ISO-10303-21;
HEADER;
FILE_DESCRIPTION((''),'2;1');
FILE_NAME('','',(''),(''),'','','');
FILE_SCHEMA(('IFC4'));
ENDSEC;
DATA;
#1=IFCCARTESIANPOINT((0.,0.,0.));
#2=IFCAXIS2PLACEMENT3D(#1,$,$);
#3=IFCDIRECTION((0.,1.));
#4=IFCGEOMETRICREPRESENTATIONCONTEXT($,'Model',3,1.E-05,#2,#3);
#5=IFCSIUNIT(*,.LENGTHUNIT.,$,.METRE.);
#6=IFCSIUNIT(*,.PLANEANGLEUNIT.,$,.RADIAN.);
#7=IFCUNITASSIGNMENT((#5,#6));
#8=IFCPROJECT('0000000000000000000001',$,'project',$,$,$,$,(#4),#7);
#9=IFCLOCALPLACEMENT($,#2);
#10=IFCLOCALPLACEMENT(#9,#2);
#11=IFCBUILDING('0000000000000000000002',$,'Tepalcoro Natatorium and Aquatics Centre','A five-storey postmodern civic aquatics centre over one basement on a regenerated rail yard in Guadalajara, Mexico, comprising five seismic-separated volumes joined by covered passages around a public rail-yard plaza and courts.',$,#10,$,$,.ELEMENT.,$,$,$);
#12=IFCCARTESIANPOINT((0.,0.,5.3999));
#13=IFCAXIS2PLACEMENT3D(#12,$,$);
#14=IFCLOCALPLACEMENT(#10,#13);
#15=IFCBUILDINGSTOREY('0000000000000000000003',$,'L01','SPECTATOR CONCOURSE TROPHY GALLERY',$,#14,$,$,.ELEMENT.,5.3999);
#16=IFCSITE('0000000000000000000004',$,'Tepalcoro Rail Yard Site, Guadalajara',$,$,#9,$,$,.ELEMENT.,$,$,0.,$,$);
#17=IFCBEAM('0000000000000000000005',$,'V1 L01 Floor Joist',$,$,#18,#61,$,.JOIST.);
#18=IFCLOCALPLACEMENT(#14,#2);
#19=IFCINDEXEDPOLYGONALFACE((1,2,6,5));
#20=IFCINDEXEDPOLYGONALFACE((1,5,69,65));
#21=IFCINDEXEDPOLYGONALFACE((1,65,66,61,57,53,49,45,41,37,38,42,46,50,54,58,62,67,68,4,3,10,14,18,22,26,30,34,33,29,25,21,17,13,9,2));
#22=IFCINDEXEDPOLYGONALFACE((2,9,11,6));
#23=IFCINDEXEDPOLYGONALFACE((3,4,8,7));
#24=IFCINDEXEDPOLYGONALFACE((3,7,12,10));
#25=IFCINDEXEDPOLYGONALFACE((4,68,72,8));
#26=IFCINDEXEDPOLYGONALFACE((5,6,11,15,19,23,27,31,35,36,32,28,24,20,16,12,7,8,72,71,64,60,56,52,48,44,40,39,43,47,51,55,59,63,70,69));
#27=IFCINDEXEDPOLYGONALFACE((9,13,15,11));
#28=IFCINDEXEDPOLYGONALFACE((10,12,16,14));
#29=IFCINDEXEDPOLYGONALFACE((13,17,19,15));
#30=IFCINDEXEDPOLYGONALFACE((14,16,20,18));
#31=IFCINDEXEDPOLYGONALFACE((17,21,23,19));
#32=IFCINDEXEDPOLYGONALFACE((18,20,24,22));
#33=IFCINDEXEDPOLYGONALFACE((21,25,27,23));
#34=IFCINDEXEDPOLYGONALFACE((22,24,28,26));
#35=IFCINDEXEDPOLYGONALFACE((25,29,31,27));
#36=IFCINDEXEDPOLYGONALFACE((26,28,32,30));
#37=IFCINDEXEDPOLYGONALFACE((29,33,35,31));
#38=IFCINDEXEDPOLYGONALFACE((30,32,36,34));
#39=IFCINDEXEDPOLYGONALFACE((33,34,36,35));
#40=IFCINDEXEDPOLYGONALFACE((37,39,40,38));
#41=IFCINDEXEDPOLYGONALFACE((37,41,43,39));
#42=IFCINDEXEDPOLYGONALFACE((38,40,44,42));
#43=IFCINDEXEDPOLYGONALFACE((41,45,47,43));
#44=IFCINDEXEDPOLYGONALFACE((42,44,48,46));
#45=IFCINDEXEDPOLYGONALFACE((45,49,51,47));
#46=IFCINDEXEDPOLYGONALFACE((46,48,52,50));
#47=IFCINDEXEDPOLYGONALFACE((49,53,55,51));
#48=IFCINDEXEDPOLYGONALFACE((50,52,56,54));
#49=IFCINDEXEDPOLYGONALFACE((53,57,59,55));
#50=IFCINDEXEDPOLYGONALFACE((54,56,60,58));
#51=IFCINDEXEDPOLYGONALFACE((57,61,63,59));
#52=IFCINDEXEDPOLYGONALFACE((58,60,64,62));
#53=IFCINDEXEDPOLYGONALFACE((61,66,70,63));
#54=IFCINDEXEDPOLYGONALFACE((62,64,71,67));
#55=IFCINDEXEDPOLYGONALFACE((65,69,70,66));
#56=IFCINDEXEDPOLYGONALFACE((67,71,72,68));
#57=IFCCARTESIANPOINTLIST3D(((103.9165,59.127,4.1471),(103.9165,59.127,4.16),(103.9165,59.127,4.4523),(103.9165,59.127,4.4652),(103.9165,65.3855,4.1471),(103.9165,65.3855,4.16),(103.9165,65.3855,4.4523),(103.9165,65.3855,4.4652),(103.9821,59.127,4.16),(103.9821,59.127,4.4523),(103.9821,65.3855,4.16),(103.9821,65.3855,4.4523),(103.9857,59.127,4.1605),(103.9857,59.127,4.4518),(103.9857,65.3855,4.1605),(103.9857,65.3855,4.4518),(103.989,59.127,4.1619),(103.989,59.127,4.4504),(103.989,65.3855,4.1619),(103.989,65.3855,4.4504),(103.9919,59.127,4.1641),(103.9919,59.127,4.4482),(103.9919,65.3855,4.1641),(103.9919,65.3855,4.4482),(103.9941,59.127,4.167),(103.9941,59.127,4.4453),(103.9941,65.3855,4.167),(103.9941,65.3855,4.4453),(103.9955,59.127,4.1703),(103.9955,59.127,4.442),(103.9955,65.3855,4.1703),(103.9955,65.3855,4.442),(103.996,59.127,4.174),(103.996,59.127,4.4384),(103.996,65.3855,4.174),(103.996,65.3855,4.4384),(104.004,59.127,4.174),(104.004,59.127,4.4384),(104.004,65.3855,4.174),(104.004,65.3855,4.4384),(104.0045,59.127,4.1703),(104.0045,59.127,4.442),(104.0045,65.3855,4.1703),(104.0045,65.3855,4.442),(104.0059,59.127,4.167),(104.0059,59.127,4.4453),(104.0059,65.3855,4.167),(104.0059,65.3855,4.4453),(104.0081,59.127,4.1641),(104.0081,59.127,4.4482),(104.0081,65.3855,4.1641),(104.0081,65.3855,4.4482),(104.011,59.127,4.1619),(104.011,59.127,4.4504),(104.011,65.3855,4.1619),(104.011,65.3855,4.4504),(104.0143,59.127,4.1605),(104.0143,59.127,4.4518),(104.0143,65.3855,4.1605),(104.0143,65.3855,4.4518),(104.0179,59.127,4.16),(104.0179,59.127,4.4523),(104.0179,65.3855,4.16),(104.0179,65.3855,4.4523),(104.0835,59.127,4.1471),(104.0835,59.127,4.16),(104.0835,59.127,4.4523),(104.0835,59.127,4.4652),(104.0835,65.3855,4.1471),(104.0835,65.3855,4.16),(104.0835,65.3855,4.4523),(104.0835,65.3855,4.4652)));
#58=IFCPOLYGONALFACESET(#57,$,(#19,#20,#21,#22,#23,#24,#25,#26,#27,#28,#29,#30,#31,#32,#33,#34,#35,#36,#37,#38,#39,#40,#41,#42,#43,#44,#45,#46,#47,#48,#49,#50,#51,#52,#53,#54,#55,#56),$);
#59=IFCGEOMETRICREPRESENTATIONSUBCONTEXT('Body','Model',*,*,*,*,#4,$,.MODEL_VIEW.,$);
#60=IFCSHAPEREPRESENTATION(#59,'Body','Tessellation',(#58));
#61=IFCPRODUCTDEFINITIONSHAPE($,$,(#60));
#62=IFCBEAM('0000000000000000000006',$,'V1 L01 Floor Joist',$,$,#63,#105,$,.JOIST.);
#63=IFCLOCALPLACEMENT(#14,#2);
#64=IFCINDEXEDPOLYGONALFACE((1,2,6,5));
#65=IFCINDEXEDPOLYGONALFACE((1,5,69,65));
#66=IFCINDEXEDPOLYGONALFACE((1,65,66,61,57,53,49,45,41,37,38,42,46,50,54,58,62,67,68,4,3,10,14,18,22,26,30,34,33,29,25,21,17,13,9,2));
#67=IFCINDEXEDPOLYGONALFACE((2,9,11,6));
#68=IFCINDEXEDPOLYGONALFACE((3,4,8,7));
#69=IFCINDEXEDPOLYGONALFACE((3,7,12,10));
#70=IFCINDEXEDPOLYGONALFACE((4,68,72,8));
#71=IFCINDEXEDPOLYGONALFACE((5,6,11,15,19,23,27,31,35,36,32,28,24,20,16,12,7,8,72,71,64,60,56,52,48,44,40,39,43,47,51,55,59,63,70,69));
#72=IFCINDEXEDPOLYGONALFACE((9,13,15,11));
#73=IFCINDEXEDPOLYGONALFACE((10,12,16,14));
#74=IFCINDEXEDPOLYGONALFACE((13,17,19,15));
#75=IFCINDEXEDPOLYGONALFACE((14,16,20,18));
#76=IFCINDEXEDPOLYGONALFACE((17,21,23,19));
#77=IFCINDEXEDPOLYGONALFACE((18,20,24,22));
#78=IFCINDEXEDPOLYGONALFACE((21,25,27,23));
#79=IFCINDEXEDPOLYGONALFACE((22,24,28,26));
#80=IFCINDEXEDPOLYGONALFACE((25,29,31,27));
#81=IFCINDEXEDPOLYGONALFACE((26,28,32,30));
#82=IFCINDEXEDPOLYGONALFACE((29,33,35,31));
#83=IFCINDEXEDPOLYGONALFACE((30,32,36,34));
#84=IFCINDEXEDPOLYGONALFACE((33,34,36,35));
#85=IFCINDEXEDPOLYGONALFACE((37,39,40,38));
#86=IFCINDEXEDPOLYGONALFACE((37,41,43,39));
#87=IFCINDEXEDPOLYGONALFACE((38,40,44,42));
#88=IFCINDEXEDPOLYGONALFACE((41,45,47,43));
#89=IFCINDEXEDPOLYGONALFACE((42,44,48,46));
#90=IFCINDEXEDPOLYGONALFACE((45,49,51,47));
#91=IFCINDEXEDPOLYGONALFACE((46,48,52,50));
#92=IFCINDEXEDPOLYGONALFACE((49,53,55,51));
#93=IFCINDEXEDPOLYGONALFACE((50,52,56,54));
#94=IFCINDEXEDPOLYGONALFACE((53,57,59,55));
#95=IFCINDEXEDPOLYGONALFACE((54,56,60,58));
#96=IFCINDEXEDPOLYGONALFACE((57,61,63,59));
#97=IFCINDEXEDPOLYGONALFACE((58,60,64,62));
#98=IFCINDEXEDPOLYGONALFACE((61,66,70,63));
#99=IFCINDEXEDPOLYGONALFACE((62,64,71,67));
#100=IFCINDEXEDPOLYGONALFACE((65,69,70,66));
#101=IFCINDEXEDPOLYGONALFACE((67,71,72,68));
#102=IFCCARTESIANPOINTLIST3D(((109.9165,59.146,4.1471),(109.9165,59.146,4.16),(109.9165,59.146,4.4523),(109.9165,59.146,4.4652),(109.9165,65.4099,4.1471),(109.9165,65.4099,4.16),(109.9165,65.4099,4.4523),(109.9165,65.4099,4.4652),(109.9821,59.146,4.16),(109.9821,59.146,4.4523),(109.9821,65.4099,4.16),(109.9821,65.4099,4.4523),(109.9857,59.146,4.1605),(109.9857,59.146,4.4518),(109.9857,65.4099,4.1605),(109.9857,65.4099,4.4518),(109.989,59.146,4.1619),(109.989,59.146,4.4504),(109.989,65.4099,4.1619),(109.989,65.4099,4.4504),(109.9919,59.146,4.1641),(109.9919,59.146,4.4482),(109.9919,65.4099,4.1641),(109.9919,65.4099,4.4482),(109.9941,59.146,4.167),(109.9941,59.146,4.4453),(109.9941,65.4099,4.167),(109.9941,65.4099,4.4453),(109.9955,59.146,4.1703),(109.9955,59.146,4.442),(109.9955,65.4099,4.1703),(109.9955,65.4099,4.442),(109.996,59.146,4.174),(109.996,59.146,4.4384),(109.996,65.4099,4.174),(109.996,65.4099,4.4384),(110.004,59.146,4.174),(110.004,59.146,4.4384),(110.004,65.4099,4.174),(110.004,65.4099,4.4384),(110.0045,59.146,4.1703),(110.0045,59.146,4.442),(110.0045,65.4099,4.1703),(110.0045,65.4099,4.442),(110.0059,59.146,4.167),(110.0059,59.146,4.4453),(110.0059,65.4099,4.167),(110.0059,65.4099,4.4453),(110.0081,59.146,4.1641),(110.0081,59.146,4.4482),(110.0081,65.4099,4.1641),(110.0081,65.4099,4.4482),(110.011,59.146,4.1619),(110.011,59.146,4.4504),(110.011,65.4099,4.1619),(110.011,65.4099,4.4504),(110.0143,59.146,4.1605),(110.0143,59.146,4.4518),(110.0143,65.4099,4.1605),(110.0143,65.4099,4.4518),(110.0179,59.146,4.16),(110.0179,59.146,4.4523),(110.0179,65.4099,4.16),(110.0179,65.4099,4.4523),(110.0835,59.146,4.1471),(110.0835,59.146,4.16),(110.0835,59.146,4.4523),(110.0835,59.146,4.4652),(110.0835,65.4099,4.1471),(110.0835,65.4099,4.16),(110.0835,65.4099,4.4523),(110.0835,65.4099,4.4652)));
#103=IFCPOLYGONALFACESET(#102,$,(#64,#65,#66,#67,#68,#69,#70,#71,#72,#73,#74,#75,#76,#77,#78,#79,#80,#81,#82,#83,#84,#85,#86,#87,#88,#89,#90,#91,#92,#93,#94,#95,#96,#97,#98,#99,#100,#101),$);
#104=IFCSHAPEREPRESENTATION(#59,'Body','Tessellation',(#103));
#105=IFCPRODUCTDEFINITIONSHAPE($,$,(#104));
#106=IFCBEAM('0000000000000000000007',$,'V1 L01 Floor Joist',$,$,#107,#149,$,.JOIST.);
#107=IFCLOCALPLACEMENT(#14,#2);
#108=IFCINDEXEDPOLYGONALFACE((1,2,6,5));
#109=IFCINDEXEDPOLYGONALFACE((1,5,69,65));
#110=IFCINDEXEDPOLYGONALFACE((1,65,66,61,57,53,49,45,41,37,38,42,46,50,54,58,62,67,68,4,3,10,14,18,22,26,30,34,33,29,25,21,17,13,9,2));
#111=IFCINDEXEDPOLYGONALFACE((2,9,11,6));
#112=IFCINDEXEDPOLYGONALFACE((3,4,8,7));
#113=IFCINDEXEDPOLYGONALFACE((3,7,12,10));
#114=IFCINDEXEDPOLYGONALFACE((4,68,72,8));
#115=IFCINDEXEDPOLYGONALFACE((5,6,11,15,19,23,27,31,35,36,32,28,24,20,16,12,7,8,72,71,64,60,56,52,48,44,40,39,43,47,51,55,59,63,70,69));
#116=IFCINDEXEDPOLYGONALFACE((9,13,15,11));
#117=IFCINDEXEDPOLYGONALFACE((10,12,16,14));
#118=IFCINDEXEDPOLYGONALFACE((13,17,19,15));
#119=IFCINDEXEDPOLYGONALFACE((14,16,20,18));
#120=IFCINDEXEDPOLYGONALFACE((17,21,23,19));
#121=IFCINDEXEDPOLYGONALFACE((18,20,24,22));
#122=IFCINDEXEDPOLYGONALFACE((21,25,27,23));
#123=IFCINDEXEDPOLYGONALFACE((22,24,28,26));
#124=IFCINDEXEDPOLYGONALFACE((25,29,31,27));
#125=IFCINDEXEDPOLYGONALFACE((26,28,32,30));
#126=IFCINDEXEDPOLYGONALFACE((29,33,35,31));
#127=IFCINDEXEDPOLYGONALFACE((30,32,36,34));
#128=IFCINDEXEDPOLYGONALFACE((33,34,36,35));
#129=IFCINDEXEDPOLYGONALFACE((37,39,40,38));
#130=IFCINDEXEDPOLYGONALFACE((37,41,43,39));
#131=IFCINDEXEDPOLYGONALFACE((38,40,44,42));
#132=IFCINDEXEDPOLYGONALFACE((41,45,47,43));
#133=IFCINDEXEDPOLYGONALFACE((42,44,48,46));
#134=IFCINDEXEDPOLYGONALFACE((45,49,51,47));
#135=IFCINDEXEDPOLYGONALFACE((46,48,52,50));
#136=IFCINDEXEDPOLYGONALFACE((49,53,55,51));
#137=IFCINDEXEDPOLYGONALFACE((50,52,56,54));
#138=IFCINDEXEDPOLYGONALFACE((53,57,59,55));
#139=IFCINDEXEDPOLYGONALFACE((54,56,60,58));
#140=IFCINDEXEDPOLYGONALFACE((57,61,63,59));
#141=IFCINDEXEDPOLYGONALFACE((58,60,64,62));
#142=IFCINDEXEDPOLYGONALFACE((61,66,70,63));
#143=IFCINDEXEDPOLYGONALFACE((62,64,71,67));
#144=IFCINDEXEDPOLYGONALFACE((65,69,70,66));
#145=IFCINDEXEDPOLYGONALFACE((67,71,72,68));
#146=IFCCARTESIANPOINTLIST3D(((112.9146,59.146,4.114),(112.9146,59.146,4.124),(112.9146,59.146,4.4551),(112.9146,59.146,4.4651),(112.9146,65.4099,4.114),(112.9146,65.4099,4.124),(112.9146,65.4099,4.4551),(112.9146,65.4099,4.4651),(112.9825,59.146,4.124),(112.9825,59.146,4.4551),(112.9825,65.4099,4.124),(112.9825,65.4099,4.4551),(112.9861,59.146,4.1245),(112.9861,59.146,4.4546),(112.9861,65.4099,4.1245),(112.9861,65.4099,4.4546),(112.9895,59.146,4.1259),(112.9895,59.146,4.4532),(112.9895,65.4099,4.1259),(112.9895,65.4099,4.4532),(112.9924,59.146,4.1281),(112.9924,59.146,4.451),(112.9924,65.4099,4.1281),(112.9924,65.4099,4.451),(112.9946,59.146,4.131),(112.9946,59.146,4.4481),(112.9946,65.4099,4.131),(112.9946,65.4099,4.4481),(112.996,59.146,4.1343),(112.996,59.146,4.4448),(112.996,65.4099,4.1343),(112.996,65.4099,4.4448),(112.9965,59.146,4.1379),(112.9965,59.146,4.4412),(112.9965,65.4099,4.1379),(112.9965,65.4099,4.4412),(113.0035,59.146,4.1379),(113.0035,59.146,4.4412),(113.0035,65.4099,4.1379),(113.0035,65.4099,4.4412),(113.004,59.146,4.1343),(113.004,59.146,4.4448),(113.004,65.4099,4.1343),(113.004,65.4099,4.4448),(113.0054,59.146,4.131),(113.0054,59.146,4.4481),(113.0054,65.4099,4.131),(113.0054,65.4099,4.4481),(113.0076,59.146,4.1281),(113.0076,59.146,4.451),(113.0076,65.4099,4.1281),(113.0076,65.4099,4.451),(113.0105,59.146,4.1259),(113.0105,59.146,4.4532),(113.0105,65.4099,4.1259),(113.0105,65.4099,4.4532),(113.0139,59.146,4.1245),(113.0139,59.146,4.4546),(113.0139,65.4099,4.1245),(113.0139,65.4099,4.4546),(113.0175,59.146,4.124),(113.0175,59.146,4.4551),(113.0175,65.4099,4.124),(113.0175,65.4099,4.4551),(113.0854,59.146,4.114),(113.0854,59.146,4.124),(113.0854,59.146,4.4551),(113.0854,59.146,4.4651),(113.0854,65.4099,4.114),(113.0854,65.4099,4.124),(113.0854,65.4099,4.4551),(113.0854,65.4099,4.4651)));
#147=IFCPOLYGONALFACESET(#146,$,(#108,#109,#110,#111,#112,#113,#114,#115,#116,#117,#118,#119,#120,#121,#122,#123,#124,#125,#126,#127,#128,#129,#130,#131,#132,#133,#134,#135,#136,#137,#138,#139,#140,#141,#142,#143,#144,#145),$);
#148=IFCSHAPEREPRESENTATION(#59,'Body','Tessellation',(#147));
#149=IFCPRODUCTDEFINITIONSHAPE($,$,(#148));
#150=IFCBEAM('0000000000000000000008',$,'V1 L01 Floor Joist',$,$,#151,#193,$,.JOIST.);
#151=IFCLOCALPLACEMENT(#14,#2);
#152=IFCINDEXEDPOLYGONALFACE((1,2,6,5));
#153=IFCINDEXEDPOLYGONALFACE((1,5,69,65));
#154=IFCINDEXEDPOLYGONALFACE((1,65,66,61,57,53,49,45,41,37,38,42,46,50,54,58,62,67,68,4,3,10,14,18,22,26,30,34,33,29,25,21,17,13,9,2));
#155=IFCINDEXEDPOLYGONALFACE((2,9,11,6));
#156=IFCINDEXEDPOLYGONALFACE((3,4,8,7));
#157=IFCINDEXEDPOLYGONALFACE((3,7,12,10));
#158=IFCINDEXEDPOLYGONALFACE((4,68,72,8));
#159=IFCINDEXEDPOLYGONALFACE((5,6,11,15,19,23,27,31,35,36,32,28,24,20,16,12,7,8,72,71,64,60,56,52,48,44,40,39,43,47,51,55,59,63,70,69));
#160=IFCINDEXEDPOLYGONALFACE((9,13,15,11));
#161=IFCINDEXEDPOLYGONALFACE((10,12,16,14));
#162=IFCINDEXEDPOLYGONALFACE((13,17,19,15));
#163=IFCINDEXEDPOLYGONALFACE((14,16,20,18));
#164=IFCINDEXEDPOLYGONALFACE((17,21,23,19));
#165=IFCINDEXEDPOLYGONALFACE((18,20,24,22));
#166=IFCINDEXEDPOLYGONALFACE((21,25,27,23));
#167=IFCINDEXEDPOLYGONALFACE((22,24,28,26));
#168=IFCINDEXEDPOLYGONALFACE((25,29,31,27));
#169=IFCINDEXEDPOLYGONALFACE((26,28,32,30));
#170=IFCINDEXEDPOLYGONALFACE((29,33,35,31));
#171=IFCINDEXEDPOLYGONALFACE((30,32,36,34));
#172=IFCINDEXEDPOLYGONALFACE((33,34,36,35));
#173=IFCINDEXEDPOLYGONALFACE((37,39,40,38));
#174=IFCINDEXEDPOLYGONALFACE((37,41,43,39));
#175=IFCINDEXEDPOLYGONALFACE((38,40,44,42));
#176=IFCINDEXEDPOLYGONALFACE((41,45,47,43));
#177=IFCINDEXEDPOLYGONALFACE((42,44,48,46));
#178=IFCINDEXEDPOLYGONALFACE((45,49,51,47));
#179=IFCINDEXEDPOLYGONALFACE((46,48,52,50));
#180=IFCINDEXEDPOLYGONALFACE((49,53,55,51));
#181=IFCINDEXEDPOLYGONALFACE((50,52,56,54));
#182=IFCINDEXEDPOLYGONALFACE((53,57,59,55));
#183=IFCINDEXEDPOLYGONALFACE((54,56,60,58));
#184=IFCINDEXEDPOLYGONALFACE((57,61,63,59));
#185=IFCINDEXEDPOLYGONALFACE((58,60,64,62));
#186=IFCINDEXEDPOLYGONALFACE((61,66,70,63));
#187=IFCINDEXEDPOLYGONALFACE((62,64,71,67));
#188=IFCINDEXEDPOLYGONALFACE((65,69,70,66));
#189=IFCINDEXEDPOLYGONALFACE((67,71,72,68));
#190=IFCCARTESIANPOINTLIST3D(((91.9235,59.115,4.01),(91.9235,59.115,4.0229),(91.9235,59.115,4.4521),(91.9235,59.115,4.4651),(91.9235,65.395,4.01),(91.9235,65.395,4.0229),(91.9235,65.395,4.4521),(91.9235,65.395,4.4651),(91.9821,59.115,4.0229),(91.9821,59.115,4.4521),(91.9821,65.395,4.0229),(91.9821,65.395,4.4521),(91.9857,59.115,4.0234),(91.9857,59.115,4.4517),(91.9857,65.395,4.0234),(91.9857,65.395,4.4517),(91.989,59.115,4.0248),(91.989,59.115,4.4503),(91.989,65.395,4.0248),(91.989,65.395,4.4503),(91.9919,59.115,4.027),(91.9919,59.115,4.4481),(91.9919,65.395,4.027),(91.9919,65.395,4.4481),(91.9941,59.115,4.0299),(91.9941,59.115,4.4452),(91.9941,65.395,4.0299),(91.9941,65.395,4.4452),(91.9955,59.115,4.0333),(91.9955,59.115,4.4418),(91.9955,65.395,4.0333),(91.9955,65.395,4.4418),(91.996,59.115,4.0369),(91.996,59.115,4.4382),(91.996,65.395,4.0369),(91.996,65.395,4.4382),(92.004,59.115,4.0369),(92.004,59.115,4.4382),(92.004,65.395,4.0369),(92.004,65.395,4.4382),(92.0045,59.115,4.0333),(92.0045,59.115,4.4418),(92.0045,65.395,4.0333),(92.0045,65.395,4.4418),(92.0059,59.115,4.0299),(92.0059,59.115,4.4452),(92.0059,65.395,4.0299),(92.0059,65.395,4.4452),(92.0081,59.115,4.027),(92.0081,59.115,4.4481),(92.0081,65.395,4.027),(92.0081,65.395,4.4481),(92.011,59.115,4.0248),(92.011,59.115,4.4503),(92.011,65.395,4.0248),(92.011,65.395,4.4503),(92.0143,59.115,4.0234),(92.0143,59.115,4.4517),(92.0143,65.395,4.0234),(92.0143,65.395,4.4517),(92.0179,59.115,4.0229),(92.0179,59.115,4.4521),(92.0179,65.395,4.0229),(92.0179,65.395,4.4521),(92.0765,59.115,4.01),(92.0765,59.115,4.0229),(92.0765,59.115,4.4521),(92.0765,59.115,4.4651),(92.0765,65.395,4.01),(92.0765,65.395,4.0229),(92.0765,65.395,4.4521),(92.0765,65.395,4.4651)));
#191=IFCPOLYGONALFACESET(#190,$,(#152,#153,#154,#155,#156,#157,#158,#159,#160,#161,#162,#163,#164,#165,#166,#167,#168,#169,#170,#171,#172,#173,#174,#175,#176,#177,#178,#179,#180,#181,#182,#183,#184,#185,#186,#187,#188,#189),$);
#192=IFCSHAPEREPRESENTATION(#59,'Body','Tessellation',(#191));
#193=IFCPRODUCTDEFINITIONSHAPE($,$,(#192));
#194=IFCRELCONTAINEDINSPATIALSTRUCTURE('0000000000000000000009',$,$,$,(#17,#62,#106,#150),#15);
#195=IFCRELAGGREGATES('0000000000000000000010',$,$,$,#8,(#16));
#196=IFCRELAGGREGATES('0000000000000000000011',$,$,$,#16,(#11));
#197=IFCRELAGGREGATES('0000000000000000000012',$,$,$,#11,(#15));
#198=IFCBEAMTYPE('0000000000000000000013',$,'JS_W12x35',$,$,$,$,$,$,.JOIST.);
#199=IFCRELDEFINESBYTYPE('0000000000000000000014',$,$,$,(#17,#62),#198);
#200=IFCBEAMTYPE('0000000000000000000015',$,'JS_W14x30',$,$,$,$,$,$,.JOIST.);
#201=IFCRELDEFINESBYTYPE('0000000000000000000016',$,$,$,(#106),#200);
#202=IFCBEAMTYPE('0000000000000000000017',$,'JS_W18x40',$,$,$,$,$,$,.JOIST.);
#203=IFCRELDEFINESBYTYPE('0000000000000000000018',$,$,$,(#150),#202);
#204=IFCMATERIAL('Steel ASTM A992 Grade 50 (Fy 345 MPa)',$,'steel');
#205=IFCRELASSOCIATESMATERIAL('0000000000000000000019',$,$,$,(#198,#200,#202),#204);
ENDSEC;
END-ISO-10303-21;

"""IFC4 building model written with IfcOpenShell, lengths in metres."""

from ifc_helpers import new_model, si_unit, direction, frame, origin, origin_2d, place, context, subcontext, project, spatial, i_section, extrude, material, material_profile, profile_set, type_object, element, save


model = new_model("IFC4")

# Units and contexts
model_context = context("Model", 3, precision=1e-05, world=origin(), true_north=direction((0.0, 1.0)))
body_context = subcontext(model_context, "Body", "Model", "MODEL_VIEW")
ifc_project = project(units=[si_unit("LENGTHUNIT", "METRE"), si_unit("PLANEANGLEUNIT", "RADIAN")], contexts=[model_context])

# Site, building, storey
site_placement = place(None, origin())
site = spatial("IfcSite", under=ifc_project, at=site_placement, Name="Tepalcoro Rail Yard Site, Guadalajara", CompositionType="ELEMENT", RefElevation=0.0)
building_placement = place(site_placement, origin())
building = spatial("IfcBuilding", under=site, at=building_placement, Name="Tepalcoro Natatorium and Aquatics Centre", Description="A five-storey postmodern civic aquatics centre over one basement on a regenerated rail yard in Guadalajara, Mexico, comprising five seismic-separated volumes joined by covered passages around a public rail-yard plaza and courts.", CompositionType="ELEMENT")
storey_placement = place(building_placement, frame((0.0, 0.0, 5.3999)))
storey = spatial("IfcBuildingStorey", under=building, at=storey_placement, Name="L01", Description="SPECTATOR CONCOURSE TROPHY GALLERY", CompositionType="ELEMENT", Elevation=5.3999)

# Beams
ifc_material_1 = material(Name="Steel ASTM A992 Grade 50 (Fy 345 MPa)", Category="steel")
ifc_material_profile_1 = material_profile(ifc_material_1, i_section(OverallWidth=0.167, OverallDepth=0.3181, WebThickness=0.0081, FlangeThickness=0.0129, FilletRadius=0.0139, at=origin_2d()), Name="W12X35")
ifc_profile_set_1 = profile_set([ifc_material_profile_1], Name="Steel ASTM A992 Grade 50 (Fy 345 MPa)")
beam_type_1 = type_object("IfcBeamType", Name="JS_W12x35", PredefinedType="JOIST", material=ifc_profile_set_1)
beam_1_placement = place(storey_placement, frame((104.0, 59.127, 4.3062), z_axis=(0.0, 1.0, 0.0), x_axis=(-1.0, 0.0, 0.0)))
element("IfcBeam", 1, at=beam_1_placement, inside=storey, type_object=beam_type_1, Name="V1 L01 Floor Joist", PredefinedType="JOIST", context=body_context, shape_type="SweptSolid", body=[
    extrude(i_section(OverallWidth=0.167, OverallDepth=0.3181, WebThickness=0.0081, FlangeThickness=0.0129, FilletRadius=0.0139, at=origin_2d()), origin(), (0.0, 0.0, 1.0), 6.2585),
])
beam_2_placement = place(storey_placement, frame((110.0, 59.146, 4.3062), z_axis=(0.0, 1.0, 0.0), x_axis=(-1.0, 0.0, 0.0)))
element("IfcBeam", 2, at=beam_2_placement, inside=storey, type_object=beam_type_1, Name="V1 L01 Floor Joist", PredefinedType="JOIST", context=body_context, shape_type="SweptSolid", body=[
    extrude(i_section(OverallWidth=0.167, OverallDepth=0.3181, WebThickness=0.0081, FlangeThickness=0.0129, FilletRadius=0.0139, at=origin_2d()), origin(), (0.0, 0.0, 1.0), 6.2639),
])
ifc_material_profile_2 = material_profile(ifc_material_1, i_section(OverallWidth=0.1709, OverallDepth=0.3511, WebThickness=0.0071, FlangeThickness=0.01, FilletRadius=0.0139, at=origin_2d()), Name="W14X30")
ifc_profile_set_2 = profile_set([ifc_material_profile_2], Name="Steel ASTM A992 Grade 50 (Fy 345 MPa)")
beam_type_2 = type_object("IfcBeamType", Name="JS_W14x30", PredefinedType="JOIST", material=ifc_profile_set_2)
beam_3_placement = place(storey_placement, frame((113.0, 59.146, 4.2896), z_axis=(0.0, 1.0, 0.0), x_axis=(-1.0, 0.0, 0.0)))
element("IfcBeam", 3, at=beam_3_placement, inside=storey, type_object=beam_type_2, Name="V1 L01 Floor Joist", PredefinedType="JOIST", context=body_context, shape_type="SweptSolid", body=[
    extrude(i_section(OverallWidth=0.1709, OverallDepth=0.3511, WebThickness=0.0071, FlangeThickness=0.01, FilletRadius=0.0139, at=origin_2d()), origin(), (0.0, 0.0, 1.0), 6.2639),
])
ifc_material_profile_3 = material_profile(ifc_material_1, i_section(OverallWidth=0.1531, OverallDepth=0.4551, WebThickness=0.0081, FlangeThickness=0.0129, FilletRadius=0.0139, at=origin_2d()), Name="W18X40")
ifc_profile_set_3 = profile_set([ifc_material_profile_3], Name="Steel ASTM A992 Grade 50 (Fy 345 MPa)")
beam_type_3 = type_object("IfcBeamType", Name="JS_W18x40", PredefinedType="JOIST", material=ifc_profile_set_3)
beam_4_placement = place(storey_placement, frame((92.0, 59.115, 4.2375), z_axis=(0.0, 1.0, 0.0), x_axis=(-1.0, 0.0, 0.0)))
element("IfcBeam", 4, at=beam_4_placement, inside=storey, type_object=beam_type_3, Name="V1 L01 Floor Joist", PredefinedType="JOIST", context=body_context, shape_type="SweptSolid", body=[
    extrude(i_section(OverallWidth=0.1531, OverallDepth=0.4551, WebThickness=0.0081, FlangeThickness=0.0129, FilletRadius=0.0139, at=origin_2d()), origin(), (0.0, 0.0, 1.0), 6.28),
])

save(model, "model.ifc")
